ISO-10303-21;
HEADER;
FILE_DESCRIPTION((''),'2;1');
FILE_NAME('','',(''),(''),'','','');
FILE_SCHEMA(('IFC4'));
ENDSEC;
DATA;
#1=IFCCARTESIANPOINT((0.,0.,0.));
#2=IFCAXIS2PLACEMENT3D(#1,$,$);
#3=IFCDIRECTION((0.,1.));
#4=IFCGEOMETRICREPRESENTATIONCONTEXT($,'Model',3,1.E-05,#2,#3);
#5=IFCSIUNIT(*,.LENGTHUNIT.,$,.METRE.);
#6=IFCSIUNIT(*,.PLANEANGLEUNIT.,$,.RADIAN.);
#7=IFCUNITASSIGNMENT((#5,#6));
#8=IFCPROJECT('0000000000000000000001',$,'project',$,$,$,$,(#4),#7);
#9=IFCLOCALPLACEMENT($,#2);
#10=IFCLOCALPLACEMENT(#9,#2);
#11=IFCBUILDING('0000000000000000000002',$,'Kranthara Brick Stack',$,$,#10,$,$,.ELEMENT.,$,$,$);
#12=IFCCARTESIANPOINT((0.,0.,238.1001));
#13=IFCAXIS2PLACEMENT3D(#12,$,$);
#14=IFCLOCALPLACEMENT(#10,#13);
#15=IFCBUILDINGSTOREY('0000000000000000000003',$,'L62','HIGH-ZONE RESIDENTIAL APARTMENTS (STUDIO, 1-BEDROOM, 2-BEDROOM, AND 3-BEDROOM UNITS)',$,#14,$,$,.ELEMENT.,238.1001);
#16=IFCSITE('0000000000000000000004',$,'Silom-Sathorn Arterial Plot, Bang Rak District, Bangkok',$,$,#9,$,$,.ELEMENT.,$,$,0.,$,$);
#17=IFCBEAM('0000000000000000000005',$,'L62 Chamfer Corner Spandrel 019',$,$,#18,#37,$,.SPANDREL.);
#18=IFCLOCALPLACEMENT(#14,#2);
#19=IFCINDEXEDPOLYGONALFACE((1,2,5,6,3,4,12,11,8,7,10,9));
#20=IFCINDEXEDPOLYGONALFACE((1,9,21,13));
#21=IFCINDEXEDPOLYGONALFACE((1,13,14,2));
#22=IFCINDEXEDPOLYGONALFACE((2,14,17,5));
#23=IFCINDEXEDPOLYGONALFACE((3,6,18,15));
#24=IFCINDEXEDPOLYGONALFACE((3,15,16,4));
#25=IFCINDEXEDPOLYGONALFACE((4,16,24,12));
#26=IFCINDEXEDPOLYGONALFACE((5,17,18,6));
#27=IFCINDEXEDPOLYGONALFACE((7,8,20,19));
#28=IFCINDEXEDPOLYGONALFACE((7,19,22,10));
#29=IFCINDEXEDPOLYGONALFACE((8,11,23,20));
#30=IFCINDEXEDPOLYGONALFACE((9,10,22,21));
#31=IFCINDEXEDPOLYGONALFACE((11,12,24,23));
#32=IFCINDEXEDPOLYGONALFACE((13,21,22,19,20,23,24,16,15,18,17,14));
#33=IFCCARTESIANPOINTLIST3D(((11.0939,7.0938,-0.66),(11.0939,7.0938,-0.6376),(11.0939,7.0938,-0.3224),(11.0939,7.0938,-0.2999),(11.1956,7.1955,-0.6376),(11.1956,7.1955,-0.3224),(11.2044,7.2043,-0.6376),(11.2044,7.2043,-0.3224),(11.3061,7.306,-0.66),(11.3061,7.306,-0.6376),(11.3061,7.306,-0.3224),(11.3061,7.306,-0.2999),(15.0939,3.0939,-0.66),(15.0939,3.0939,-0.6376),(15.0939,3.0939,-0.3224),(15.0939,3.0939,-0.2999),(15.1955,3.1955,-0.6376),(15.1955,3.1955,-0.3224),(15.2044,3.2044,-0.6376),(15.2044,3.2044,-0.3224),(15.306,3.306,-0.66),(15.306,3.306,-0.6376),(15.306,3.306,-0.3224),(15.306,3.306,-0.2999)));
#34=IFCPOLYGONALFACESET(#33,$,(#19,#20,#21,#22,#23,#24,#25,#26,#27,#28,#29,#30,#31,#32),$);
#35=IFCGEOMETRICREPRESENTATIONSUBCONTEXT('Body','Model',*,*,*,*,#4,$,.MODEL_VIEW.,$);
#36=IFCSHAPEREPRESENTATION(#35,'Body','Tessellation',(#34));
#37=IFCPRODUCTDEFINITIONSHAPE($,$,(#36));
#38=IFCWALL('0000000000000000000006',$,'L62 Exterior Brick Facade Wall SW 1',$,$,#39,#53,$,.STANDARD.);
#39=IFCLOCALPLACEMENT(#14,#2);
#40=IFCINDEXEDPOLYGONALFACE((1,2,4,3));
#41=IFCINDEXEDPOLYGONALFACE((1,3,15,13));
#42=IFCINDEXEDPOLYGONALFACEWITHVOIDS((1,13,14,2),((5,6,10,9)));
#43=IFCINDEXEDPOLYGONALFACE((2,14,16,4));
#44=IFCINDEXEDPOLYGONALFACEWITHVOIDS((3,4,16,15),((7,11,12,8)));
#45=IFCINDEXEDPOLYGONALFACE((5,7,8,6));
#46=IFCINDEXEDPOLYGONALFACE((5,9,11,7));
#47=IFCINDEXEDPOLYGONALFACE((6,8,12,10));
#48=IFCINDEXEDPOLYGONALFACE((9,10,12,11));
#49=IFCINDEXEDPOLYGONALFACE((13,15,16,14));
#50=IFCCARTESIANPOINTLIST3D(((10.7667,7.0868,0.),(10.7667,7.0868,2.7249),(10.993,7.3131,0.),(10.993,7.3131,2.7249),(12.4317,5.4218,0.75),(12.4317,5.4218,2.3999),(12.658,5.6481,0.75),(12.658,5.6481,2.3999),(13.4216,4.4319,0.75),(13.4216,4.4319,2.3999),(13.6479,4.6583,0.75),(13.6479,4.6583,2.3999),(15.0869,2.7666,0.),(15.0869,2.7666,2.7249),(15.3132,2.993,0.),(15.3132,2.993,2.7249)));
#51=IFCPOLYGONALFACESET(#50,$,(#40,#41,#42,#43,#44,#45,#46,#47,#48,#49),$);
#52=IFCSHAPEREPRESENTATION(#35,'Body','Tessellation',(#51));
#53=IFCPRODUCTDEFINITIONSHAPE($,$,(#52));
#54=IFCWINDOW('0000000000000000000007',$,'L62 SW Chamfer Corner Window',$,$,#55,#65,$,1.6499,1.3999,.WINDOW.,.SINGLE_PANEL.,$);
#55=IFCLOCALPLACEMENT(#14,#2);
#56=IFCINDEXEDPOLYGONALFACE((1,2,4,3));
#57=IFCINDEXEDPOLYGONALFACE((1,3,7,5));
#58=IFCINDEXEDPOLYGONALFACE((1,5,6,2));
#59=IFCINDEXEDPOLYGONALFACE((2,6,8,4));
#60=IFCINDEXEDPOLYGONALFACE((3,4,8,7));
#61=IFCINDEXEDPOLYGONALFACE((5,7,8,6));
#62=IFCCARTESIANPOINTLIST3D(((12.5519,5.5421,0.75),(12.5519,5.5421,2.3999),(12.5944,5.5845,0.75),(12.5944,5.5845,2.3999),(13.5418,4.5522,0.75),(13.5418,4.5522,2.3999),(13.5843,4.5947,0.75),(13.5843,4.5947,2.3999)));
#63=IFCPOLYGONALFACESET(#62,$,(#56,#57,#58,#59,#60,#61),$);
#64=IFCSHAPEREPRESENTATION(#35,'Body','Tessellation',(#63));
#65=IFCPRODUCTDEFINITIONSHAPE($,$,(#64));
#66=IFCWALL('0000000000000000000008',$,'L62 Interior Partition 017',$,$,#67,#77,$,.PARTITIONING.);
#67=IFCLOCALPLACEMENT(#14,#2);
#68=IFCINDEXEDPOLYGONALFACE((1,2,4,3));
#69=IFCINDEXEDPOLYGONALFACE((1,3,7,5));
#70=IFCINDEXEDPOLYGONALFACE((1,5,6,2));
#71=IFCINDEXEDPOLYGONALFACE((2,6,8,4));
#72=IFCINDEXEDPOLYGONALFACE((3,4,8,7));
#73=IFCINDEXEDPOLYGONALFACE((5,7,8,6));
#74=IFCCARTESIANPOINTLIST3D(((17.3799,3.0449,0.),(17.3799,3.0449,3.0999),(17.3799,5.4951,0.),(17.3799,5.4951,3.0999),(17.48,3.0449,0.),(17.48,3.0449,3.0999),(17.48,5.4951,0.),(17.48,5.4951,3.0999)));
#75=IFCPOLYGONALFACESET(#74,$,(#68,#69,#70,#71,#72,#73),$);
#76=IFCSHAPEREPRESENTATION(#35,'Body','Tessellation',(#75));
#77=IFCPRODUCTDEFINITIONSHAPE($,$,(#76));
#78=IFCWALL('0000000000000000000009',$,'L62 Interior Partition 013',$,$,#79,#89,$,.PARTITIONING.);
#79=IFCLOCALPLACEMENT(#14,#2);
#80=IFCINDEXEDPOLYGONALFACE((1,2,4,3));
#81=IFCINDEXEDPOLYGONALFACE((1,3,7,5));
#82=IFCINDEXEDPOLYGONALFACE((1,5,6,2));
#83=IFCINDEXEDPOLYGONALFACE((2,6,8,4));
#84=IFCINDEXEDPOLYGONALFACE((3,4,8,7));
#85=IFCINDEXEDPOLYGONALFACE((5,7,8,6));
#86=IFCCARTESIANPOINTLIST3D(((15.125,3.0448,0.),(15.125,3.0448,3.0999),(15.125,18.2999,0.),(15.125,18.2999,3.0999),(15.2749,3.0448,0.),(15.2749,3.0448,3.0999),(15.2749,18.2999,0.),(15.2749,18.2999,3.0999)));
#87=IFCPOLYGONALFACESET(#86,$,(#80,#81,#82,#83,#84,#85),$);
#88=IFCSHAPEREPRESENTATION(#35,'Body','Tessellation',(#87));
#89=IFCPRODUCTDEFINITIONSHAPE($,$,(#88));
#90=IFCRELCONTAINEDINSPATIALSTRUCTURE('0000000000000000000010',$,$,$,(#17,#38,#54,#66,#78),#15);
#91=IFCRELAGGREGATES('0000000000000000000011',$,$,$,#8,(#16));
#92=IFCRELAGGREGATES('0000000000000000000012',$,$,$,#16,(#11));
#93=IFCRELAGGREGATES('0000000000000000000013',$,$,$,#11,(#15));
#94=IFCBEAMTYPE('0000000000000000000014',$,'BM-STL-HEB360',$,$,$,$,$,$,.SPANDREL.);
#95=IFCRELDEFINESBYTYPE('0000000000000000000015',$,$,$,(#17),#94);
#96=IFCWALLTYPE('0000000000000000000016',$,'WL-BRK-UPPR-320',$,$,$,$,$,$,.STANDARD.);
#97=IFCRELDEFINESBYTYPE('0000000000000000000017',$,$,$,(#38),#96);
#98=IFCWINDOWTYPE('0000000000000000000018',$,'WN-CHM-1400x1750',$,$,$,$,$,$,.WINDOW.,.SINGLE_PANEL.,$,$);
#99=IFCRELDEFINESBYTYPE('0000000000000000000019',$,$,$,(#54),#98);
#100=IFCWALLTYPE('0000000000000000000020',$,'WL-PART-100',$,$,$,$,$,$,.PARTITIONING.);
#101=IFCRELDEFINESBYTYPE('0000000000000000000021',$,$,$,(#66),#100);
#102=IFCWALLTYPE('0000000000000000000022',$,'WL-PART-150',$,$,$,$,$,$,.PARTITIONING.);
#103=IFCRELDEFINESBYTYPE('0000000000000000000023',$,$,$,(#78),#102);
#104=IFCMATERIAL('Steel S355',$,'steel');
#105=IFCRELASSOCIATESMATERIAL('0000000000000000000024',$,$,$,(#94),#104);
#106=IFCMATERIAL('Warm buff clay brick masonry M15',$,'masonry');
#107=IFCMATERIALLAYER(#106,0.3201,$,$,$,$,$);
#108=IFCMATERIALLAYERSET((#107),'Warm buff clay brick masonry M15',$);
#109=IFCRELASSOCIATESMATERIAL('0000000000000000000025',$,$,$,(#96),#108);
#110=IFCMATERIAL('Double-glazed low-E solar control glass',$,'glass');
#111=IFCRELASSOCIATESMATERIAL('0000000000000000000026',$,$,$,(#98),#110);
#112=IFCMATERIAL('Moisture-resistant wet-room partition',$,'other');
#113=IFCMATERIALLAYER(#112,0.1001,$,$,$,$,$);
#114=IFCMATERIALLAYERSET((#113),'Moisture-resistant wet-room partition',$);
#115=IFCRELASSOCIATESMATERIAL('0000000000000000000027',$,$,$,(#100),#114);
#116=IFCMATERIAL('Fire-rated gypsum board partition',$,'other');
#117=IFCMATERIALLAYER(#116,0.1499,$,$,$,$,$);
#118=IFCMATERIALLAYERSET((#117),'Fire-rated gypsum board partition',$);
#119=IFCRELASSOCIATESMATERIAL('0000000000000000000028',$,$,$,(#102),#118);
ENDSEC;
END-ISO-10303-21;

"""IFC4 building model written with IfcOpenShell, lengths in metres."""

from ifc_helpers import new_model, si_unit, direction, frame, frame_2d, origin, origin_2d, place, context, subcontext, project, spatial, rectangle, i_section, extrude, material, layer, layer_set, material_profile, profile_set, type_object, element, fill, save


model = new_model("IFC4")

# Units and contexts
model_context = context("Model", 3, precision=1e-05, world=origin(), true_north=direction((0.0, 1.0)))
body_context = subcontext(model_context, "Body", "Model", "MODEL_VIEW")
ifc_project = project(units=[si_unit("LENGTHUNIT", "METRE"), si_unit("PLANEANGLEUNIT", "RADIAN")], contexts=[model_context])

# Site, building, storey
site_placement = place(None, origin())
site = spatial("IfcSite", under=ifc_project, at=site_placement, Name="Silom-Sathorn Arterial Plot, Bang Rak District, Bangkok", CompositionType="ELEMENT", RefElevation=0.0)
building_placement = place(site_placement, origin())
building = spatial("IfcBuilding", under=site, at=building_placement, Name="Kranthara Brick Stack", CompositionType="ELEMENT")
storey_placement = place(building_placement, frame((0.0, 0.0, 238.1001)))
storey = spatial("IfcBuildingStorey", under=building, at=storey_placement, Name="L62", Description="HIGH-ZONE RESIDENTIAL APARTMENTS (STUDIO, 1-BEDROOM, 2-BEDROOM, AND 3-BEDROOM UNITS)", CompositionType="ELEMENT", Elevation=238.1001)

# Beam
ifc_material_1 = material(Name="Steel S355", Category="steel")
ifc_material_profile_1 = material_profile(ifc_material_1, i_section(OverallWidth=0.3, OverallDepth=0.3601, WebThickness=0.0125, FlangeThickness=0.0225, at=origin_2d()), Name="HEB 360")
ifc_profile_set_1 = profile_set([ifc_material_profile_1], Name="Steel S355")
beam_type_1 = type_object("IfcBeamType", Name="BM-STL-HEB360", PredefinedType="SPANDREL", material=ifc_profile_set_1)
beam_1_placement = place(storey_placement, frame((15.2, 3.2, -0.48), z_axis=(-0.707107, 0.707107, 0.0), x_axis=(-0.707107, -0.707107, 0.0)))
element("IfcBeam", 1, at=beam_1_placement, inside=storey, type_object=beam_type_1, Name="L62 Chamfer Corner Spandrel 019", PredefinedType="SPANDREL", context=body_context, shape_type="SweptSolid", body=[
    extrude(i_section(OverallWidth=0.3, OverallDepth=0.3601, WebThickness=0.0125, FlangeThickness=0.0225, at=origin_2d()), origin(), (0.0, 0.0, 1.0), 5.6567),
])

# Wall, opening, window
ifc_material_2 = material(Name="Warm buff clay brick masonry M15", Category="masonry")
ifc_layer_1 = layer(ifc_material_2, 0.3201)
ifc_layer_set_1 = layer_set([ifc_layer_1], Name="Warm buff clay brick masonry M15")
wall_type_1 = type_object("IfcWallType", Name="WL-BRK-UPPR-320", PredefinedType="STANDARD", material=ifc_layer_set_1)
wall_1_placement = place(storey_placement, frame((15.2, 2.8799, 0.0), z_axis=(0.0, 0.0, 1.0), x_axis=(-0.707107, 0.707107, 0.0)))
wall_1 = element("IfcWall", 2, at=wall_1_placement, inside=storey, type_object=wall_type_1, Name="L62 Exterior Brick Facade Wall SW 1", PredefinedType="STANDARD", context=body_context, shape_type="SweptSolid", body=[
    extrude(rectangle(XDim=6.1096, YDim=0.3201, at=frame_2d((3.0547, 0.0))), origin(), (0.0, 0.0, 1.0), 2.7249),
])
opening_placement = place(wall_1_placement, frame((2.355, 0.0, 0.75)))
opening = element("IfcOpeningElement", 3, at=opening_placement, cuts=wall_1, PredefinedType="OPENING", context=body_context, shape_type="SweptSolid", body=[
    extrude(rectangle(XDim=1.3999, YDim=1.6499, at=frame_2d((0.7, 0.825))), frame((0.0, 0.1699, 0.0), z_axis=(0.0, -1.0, 0.0), x_axis=(1.0, 0.0, 0.0)), (0.0, 0.0, 1.0), 0.3401),
])
ifc_material_3 = material(Name="Double-glazed low-E solar control glass", Category="glass")
window_type = type_object("IfcWindowType", Name="WN-CHM-1400x1750", PartitioningType="SINGLE_PANEL", PredefinedType="WINDOW", material=ifc_material_3)
window_placement = place(opening_placement, origin())
window = element("IfcWindow", 4, at=window_placement, inside=storey, type_object=window_type, Name="L62 SW Chamfer Corner Window", OverallHeight=1.6499, OverallWidth=1.3999, PartitioningType="SINGLE_PANEL", PredefinedType="WINDOW", context=body_context, shape_type="SweptSolid", body=[
    extrude(rectangle(XDim=1.3999, YDim=1.6499, at=frame_2d((0.7, 0.825))), frame((0.0, -0.01, 0.0), z_axis=(0.0, -1.0, 0.0), x_axis=(1.0, 0.0, 0.0)), (0.0, 0.0, 1.0), 0.0601),
])
fill(opening, window)

# Walls
ifc_material_4 = material(Name="Moisture-resistant wet-room partition", Category="other")
ifc_layer_2 = layer(ifc_material_4, 0.1001)
ifc_layer_set_2 = layer_set([ifc_layer_2], Name="Moisture-resistant wet-room partition")
wall_type_2 = type_object("IfcWallType", Name="WL-PART-100", PredefinedType="PARTITIONING", material=ifc_layer_set_2)
wall_2_placement = place(storey_placement, frame((17.4299, 3.0449, 0.0), z_axis=(0.0, 0.0, 1.0), x_axis=(0.0, 1.0, 0.0)))
element("IfcWall", 5, at=wall_2_placement, inside=storey, type_object=wall_type_2, Name="L62 Interior Partition 017", PredefinedType="PARTITIONING", context=body_context, shape_type="SweptSolid", body=[
    extrude(rectangle(XDim=2.4502, YDim=0.1001, at=frame_2d((1.2251, 0.0))), origin(), (0.0, 0.0, 1.0), 3.0999),
])
ifc_material_5 = material(Name="Fire-rated gypsum board partition", Category="other")
ifc_layer_3 = layer(ifc_material_5, 0.1499)
ifc_layer_set_3 = layer_set([ifc_layer_3], Name="Fire-rated gypsum board partition")
wall_type_3 = type_object("IfcWallType", Name="WL-PART-150", PredefinedType="PARTITIONING", material=ifc_layer_set_3)
wall_3_placement = place(storey_placement, frame((15.2, 3.0449, 0.0), z_axis=(0.0, 0.0, 1.0), x_axis=(0.0, 1.0, 0.0)))
element("IfcWall", 6, at=wall_3_placement, inside=storey, type_object=wall_type_3, Name="L62 Interior Partition 013", PredefinedType="PARTITIONING", context=body_context, shape_type="SweptSolid", body=[
    extrude(rectangle(XDim=15.2551, YDim=0.1499, at=frame_2d((7.6274, 0.0))), origin(), (0.0, 0.0, 1.0), 3.0999),
])

save(model, "model.ifc")
